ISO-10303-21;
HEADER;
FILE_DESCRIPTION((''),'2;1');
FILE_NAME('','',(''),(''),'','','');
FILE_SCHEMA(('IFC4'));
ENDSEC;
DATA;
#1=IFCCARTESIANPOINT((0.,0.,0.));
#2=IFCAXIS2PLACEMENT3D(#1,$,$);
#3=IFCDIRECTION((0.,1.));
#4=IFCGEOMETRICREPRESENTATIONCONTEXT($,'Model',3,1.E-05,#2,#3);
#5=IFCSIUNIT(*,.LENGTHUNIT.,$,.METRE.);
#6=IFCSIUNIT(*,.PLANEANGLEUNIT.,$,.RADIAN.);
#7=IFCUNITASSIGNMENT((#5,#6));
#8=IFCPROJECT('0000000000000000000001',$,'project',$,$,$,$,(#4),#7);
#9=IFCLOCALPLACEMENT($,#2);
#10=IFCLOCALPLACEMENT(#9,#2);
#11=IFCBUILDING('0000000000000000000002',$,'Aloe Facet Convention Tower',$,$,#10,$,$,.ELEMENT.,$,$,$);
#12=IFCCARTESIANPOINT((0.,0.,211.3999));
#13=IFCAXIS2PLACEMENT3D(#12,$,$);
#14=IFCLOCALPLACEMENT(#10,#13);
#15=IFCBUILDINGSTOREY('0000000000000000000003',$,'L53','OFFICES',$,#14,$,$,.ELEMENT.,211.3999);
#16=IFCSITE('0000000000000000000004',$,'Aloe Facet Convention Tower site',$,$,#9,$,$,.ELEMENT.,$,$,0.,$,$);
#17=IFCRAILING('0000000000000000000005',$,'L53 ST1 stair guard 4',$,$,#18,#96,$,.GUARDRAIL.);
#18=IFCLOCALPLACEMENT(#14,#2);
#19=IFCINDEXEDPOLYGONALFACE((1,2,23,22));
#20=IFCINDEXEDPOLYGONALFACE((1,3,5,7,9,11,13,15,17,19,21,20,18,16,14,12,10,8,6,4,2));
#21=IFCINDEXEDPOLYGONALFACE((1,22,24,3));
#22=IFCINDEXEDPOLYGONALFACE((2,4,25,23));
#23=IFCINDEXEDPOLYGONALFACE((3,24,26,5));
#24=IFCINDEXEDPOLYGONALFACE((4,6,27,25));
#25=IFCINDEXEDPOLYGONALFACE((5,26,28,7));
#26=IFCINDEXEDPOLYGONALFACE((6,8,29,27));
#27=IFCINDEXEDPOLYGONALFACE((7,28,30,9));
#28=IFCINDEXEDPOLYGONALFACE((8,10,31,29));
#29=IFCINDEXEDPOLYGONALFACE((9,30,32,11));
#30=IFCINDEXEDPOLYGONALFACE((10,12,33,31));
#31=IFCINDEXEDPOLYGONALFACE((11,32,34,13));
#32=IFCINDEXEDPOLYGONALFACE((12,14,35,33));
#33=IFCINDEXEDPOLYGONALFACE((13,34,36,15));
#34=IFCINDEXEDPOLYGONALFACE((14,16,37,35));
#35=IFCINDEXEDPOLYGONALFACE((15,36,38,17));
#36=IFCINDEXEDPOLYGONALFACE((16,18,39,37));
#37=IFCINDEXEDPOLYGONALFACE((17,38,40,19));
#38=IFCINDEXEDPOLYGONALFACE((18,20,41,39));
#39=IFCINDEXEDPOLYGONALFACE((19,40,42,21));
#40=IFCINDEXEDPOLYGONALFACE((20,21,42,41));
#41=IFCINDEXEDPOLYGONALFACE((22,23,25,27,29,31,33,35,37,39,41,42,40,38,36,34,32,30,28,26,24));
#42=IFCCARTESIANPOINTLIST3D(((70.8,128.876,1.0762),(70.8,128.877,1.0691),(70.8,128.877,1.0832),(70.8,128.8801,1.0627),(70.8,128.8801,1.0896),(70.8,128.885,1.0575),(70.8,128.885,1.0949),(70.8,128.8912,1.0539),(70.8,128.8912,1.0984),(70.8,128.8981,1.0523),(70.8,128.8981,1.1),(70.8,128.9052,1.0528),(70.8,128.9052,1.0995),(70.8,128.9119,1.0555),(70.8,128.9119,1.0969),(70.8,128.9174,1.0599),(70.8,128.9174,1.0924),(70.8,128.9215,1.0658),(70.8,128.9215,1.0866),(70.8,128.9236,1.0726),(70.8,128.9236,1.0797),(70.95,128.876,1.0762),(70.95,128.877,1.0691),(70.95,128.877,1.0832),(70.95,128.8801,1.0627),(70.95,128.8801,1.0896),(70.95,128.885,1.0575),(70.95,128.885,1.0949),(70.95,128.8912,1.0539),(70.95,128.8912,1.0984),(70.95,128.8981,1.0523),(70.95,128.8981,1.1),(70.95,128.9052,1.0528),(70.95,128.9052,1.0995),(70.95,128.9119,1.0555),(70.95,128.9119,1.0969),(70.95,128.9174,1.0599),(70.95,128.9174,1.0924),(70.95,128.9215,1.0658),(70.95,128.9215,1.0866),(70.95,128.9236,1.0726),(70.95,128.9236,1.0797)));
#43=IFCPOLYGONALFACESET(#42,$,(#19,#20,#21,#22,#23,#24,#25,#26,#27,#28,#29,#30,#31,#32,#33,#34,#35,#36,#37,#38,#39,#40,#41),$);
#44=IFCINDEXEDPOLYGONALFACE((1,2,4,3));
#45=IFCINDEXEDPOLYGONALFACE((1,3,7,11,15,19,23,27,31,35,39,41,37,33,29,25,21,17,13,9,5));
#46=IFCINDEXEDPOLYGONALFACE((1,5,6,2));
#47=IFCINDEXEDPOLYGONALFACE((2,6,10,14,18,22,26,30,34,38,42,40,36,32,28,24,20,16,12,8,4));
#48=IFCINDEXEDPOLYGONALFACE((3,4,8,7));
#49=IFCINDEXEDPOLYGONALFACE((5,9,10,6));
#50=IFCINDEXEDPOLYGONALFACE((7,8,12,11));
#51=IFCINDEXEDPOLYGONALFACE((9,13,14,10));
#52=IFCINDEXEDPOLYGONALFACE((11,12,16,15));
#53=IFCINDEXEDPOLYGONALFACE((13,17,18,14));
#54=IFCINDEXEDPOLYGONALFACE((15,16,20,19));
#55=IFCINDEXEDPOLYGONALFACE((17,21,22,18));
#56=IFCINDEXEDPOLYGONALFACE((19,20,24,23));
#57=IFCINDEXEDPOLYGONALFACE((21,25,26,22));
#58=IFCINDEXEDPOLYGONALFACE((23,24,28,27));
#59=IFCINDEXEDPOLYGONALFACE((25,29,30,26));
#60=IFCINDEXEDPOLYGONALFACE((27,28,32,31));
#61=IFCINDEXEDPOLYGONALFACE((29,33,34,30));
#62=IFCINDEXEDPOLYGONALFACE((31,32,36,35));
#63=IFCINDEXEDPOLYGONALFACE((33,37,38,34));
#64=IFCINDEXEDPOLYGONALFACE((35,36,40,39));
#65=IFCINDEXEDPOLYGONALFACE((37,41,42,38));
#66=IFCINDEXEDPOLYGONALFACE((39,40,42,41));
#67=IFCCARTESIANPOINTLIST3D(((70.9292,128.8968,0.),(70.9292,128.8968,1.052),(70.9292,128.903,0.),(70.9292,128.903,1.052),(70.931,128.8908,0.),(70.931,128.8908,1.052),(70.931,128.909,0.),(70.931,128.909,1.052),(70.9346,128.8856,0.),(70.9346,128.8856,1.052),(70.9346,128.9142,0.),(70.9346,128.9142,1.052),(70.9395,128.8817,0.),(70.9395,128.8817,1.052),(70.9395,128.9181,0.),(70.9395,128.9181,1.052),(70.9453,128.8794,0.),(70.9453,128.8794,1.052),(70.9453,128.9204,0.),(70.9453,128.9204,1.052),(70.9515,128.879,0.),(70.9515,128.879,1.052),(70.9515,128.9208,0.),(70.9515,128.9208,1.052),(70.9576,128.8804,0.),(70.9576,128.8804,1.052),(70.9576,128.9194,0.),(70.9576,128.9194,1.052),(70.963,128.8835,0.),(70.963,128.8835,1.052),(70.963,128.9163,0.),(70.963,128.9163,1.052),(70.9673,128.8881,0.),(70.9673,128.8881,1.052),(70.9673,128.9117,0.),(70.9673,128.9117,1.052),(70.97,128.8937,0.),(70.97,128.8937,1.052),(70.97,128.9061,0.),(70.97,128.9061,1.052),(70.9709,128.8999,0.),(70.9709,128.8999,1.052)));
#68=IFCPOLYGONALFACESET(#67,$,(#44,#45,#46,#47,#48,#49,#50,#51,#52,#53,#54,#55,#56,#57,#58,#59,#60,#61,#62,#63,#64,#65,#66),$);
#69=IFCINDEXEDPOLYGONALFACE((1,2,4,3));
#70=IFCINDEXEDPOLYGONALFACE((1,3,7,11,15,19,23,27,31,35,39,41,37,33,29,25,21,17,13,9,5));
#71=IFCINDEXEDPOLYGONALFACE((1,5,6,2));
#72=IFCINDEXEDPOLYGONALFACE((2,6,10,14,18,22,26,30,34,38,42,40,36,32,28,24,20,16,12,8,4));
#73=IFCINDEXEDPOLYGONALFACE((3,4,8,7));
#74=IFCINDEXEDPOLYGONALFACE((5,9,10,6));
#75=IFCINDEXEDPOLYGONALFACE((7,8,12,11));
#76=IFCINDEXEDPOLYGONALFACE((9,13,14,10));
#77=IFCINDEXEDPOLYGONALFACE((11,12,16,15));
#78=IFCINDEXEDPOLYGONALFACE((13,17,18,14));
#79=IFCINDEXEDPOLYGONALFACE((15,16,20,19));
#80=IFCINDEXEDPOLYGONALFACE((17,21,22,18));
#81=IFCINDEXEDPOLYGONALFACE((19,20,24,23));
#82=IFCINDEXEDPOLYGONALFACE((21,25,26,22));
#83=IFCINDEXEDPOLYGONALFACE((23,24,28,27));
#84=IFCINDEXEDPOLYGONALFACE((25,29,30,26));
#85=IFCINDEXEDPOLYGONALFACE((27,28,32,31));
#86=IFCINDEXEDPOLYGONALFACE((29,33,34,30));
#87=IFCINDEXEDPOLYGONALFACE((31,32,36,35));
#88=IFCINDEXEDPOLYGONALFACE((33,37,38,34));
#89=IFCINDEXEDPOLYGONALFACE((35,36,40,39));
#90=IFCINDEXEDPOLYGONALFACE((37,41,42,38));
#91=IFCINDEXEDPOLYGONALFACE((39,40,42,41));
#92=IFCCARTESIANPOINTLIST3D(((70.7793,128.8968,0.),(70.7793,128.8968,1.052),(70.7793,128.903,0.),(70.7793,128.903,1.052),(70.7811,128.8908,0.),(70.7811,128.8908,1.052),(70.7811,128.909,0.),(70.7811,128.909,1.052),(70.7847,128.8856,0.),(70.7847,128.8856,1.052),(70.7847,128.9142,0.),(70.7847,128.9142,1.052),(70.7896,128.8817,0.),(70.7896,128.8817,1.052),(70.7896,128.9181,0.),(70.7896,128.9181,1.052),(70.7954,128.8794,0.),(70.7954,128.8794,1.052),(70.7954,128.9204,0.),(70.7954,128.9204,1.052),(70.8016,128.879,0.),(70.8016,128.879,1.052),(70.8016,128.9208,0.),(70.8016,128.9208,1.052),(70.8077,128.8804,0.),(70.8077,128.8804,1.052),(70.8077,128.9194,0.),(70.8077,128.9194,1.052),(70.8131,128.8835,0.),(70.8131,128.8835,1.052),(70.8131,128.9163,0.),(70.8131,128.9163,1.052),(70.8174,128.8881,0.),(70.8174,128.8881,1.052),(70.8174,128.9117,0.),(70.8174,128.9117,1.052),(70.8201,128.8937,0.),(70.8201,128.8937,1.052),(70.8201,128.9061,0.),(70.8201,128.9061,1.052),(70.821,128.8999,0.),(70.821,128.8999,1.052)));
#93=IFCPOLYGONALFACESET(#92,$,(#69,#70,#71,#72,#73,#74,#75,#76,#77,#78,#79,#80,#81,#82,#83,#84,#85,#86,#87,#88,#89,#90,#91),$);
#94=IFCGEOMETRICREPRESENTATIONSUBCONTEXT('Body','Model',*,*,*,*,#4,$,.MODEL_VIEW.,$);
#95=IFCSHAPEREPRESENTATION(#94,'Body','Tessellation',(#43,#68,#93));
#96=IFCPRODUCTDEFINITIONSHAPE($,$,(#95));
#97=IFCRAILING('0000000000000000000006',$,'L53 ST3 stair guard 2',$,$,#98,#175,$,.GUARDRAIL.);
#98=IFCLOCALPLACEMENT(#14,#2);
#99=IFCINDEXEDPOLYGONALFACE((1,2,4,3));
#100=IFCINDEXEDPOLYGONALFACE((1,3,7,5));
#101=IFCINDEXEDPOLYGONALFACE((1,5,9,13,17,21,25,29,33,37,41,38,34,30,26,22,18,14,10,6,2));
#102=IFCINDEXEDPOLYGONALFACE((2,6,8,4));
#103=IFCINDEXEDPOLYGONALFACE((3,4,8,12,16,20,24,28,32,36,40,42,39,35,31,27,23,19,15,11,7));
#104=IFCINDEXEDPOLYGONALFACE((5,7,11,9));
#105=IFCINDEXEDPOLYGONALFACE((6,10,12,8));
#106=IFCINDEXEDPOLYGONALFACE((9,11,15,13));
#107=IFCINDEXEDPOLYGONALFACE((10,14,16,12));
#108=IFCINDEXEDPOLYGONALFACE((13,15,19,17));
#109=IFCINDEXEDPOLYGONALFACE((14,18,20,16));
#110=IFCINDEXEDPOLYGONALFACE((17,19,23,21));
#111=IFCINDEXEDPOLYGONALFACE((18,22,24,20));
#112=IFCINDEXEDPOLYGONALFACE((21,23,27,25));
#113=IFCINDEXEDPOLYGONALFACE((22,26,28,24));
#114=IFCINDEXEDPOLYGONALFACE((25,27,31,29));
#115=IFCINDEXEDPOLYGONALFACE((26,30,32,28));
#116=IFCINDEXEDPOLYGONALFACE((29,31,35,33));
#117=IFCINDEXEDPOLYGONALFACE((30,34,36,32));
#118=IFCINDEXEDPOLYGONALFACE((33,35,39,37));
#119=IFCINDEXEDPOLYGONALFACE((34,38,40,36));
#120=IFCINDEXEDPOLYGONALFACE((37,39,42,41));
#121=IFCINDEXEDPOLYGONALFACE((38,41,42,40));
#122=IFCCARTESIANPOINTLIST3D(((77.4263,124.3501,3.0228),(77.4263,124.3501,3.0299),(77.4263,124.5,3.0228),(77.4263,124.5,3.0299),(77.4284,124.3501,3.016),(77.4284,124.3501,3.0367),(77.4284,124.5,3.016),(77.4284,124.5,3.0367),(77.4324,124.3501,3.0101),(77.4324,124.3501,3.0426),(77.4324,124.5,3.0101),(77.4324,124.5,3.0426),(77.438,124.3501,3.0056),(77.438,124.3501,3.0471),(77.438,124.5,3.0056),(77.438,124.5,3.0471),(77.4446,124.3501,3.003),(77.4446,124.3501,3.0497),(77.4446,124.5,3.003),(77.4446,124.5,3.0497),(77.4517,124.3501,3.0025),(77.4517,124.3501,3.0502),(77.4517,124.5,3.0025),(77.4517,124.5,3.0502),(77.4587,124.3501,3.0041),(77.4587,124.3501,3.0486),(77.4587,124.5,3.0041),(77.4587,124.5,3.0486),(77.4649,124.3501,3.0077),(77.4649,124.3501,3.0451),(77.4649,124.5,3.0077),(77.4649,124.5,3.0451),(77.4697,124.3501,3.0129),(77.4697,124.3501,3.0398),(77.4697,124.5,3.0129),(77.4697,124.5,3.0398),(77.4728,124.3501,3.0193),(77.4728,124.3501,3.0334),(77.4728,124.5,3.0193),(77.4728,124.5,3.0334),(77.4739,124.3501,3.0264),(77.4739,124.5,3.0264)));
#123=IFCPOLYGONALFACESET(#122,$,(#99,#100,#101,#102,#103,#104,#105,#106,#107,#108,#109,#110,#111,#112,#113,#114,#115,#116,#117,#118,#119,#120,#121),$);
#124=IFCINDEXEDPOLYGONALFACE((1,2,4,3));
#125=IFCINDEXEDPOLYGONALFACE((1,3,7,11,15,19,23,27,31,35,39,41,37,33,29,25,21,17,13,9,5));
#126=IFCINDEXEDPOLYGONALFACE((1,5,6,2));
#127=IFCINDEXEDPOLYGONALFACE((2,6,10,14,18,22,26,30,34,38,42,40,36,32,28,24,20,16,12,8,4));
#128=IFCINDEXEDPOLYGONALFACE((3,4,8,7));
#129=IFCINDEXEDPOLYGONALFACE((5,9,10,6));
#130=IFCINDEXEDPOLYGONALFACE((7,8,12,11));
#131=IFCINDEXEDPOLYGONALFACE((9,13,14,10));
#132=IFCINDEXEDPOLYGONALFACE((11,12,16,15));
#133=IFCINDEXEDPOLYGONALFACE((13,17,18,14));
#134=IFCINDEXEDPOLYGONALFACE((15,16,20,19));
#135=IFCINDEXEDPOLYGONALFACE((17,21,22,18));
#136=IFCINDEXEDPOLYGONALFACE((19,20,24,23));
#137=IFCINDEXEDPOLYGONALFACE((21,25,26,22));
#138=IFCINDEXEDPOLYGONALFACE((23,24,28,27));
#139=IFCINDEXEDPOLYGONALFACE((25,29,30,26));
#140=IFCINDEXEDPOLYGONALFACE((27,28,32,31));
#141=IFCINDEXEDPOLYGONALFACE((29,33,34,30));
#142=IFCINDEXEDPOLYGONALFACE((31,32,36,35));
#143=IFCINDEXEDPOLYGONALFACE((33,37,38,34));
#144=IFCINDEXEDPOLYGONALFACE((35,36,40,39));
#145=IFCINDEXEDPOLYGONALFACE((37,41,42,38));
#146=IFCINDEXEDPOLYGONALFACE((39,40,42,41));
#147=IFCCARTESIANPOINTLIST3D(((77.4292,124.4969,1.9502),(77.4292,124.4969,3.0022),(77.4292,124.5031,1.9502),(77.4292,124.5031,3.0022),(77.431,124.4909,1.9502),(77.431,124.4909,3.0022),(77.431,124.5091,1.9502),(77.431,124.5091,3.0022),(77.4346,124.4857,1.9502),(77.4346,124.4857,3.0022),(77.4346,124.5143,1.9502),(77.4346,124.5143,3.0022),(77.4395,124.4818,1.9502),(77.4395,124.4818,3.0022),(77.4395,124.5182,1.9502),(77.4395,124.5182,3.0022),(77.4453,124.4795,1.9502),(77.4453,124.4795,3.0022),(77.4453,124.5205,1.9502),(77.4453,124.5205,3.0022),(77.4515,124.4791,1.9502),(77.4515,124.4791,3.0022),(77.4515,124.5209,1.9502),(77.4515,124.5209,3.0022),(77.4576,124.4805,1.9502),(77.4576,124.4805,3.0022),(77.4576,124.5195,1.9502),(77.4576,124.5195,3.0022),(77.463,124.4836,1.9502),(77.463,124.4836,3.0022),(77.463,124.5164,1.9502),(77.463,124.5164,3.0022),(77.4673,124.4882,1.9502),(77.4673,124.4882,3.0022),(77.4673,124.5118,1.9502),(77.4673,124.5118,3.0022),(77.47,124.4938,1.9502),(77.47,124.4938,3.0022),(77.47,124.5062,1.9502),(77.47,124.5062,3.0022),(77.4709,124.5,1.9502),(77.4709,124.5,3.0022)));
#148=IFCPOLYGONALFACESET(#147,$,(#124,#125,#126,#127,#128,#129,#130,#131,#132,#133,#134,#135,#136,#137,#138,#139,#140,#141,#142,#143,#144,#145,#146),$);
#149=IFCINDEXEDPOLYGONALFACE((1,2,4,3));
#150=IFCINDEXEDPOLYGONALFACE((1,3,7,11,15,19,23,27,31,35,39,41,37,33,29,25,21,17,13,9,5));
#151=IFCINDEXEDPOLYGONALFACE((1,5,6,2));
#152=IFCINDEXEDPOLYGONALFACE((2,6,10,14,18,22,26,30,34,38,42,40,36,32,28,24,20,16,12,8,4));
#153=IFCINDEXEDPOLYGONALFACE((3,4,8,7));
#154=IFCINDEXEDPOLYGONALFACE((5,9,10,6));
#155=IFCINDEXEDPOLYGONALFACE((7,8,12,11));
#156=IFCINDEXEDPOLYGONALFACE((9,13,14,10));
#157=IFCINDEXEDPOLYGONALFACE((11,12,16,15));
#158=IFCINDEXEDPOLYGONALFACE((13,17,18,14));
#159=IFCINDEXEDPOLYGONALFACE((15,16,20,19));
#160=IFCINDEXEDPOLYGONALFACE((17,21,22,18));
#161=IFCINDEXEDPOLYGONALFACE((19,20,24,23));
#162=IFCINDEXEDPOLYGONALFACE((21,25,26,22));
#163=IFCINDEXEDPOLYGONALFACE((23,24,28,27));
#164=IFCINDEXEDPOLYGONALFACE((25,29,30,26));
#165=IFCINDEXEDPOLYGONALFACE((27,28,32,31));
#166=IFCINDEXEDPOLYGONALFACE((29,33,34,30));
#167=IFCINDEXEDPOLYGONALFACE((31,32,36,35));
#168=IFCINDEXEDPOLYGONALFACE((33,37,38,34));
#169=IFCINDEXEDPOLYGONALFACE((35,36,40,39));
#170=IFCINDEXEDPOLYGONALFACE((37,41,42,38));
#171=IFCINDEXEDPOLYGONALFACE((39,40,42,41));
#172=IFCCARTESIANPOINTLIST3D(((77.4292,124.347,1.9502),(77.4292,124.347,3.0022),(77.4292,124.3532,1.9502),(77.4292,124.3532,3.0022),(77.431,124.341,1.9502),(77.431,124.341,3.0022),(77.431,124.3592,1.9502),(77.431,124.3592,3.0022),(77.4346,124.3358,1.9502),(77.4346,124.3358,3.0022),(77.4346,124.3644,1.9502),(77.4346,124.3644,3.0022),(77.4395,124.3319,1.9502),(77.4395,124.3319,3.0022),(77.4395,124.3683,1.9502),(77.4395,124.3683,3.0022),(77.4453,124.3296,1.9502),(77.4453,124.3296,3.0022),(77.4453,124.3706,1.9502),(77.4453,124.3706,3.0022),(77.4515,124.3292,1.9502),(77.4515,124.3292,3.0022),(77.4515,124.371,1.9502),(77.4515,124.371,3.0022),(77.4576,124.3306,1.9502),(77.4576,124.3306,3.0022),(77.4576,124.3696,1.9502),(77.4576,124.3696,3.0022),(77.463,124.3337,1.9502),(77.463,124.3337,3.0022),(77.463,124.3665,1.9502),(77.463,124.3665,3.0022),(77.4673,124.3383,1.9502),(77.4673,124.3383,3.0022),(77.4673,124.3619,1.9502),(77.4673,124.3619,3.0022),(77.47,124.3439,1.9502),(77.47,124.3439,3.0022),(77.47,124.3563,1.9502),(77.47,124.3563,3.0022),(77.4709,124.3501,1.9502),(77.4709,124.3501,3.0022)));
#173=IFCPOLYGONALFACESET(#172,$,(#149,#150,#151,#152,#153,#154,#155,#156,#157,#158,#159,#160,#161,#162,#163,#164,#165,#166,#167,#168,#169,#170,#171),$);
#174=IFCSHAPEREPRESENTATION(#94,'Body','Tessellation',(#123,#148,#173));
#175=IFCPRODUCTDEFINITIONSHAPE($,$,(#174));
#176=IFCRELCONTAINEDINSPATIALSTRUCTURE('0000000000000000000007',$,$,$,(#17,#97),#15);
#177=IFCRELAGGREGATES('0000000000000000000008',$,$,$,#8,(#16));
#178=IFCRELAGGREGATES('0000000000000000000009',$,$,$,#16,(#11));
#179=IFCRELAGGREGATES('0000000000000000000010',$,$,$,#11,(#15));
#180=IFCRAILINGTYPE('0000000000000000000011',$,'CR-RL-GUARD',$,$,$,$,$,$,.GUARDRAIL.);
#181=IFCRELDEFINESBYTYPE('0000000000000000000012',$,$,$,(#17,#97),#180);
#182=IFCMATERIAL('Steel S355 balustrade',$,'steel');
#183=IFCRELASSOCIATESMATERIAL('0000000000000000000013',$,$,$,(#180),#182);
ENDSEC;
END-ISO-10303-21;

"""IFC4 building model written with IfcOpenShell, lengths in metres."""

from ifc_helpers import new_model, si_unit, direction, frame, origin, origin_2d, place, context, subcontext, project, spatial, circle, extrude, material, type_object, element, save


model = new_model("IFC4")

# Units and contexts
model_context = context("Model", 3, precision=1e-05, world=origin(), true_north=direction((0.0, 1.0)))
body_context = subcontext(model_context, "Body", "Model", "MODEL_VIEW")
ifc_project = project(units=[si_unit("LENGTHUNIT", "METRE"), si_unit("PLANEANGLEUNIT", "RADIAN")], contexts=[model_context])

# Site, building, storey
site_placement = place(None, origin())
site = spatial("IfcSite", under=ifc_project, at=site_placement, Name="Aloe Facet Convention Tower site", CompositionType="ELEMENT", RefElevation=0.0)
building_placement = place(site_placement, origin())
building = spatial("IfcBuilding", under=site, at=building_placement, Name="Aloe Facet Convention Tower", CompositionType="ELEMENT")
storey_placement = place(building_placement, frame((0.0, 0.0, 211.3999)))
storey = spatial("IfcBuildingStorey", under=building, at=storey_placement, Name="L53", Description="OFFICES", CompositionType="ELEMENT", Elevation=211.3999)

# Railings
ifc_material_1 = material(Name="Steel S355 balustrade", Category="steel")
railing_type_1 = type_object("IfcRailingType", Name="CR-RL-GUARD", PredefinedType="GUARDRAIL", material=ifc_material_1)
railing_1_placement = place(storey_placement, frame((70.95, 128.8999, 0.0)))
element("IfcRailing", 1, at=railing_1_placement, inside=storey, type_object=railing_type_1, Name="L53 ST1 stair guard 4", PredefinedType="GUARDRAIL", context=body_context, shape_type="SweptSolid", body=[
    extrude(circle(Radius=0.0239, at=origin_2d()), frame((0.0, 0.0, 1.0762), z_axis=(-1.0, 0.0, 0.0), x_axis=(0.0, -1.0, 0.0)), (0.0, 0.0, 1.0), 0.1499),
    extrude(circle(Radius=0.021, at=origin_2d()), origin(), (0.0, 0.0, 1.0), 1.052),
    extrude(circle(Radius=0.021, at=origin_2d()), frame((-0.1499, 0.0, 0.0)), (0.0, 0.0, 1.0), 1.052),
])
railing_2_placement = place(storey_placement, frame((77.45, 124.5, 1.9502)))
element("IfcRailing", 2, at=railing_2_placement, inside=storey, type_object=railing_type_1, Name="L53 ST3 stair guard 2", PredefinedType="GUARDRAIL", context=body_context, shape_type="SweptSolid", body=[
    extrude(circle(Radius=0.0239, at=origin_2d()), frame((0.0, 0.0, 1.0762), z_axis=(0.0, -1.0, 0.0), x_axis=(1.0, 0.0, 0.0)), (0.0, 0.0, 1.0), 0.1499),
    extrude(circle(Radius=0.021, at=origin_2d()), origin(), (0.0, 0.0, 1.0), 1.052),
    extrude(circle(Radius=0.021, at=origin_2d()), frame((0.0, -0.1499, 0.0)), (0.0, 0.0, 1.0), 1.052),
])

save(model, "model.ifc")
